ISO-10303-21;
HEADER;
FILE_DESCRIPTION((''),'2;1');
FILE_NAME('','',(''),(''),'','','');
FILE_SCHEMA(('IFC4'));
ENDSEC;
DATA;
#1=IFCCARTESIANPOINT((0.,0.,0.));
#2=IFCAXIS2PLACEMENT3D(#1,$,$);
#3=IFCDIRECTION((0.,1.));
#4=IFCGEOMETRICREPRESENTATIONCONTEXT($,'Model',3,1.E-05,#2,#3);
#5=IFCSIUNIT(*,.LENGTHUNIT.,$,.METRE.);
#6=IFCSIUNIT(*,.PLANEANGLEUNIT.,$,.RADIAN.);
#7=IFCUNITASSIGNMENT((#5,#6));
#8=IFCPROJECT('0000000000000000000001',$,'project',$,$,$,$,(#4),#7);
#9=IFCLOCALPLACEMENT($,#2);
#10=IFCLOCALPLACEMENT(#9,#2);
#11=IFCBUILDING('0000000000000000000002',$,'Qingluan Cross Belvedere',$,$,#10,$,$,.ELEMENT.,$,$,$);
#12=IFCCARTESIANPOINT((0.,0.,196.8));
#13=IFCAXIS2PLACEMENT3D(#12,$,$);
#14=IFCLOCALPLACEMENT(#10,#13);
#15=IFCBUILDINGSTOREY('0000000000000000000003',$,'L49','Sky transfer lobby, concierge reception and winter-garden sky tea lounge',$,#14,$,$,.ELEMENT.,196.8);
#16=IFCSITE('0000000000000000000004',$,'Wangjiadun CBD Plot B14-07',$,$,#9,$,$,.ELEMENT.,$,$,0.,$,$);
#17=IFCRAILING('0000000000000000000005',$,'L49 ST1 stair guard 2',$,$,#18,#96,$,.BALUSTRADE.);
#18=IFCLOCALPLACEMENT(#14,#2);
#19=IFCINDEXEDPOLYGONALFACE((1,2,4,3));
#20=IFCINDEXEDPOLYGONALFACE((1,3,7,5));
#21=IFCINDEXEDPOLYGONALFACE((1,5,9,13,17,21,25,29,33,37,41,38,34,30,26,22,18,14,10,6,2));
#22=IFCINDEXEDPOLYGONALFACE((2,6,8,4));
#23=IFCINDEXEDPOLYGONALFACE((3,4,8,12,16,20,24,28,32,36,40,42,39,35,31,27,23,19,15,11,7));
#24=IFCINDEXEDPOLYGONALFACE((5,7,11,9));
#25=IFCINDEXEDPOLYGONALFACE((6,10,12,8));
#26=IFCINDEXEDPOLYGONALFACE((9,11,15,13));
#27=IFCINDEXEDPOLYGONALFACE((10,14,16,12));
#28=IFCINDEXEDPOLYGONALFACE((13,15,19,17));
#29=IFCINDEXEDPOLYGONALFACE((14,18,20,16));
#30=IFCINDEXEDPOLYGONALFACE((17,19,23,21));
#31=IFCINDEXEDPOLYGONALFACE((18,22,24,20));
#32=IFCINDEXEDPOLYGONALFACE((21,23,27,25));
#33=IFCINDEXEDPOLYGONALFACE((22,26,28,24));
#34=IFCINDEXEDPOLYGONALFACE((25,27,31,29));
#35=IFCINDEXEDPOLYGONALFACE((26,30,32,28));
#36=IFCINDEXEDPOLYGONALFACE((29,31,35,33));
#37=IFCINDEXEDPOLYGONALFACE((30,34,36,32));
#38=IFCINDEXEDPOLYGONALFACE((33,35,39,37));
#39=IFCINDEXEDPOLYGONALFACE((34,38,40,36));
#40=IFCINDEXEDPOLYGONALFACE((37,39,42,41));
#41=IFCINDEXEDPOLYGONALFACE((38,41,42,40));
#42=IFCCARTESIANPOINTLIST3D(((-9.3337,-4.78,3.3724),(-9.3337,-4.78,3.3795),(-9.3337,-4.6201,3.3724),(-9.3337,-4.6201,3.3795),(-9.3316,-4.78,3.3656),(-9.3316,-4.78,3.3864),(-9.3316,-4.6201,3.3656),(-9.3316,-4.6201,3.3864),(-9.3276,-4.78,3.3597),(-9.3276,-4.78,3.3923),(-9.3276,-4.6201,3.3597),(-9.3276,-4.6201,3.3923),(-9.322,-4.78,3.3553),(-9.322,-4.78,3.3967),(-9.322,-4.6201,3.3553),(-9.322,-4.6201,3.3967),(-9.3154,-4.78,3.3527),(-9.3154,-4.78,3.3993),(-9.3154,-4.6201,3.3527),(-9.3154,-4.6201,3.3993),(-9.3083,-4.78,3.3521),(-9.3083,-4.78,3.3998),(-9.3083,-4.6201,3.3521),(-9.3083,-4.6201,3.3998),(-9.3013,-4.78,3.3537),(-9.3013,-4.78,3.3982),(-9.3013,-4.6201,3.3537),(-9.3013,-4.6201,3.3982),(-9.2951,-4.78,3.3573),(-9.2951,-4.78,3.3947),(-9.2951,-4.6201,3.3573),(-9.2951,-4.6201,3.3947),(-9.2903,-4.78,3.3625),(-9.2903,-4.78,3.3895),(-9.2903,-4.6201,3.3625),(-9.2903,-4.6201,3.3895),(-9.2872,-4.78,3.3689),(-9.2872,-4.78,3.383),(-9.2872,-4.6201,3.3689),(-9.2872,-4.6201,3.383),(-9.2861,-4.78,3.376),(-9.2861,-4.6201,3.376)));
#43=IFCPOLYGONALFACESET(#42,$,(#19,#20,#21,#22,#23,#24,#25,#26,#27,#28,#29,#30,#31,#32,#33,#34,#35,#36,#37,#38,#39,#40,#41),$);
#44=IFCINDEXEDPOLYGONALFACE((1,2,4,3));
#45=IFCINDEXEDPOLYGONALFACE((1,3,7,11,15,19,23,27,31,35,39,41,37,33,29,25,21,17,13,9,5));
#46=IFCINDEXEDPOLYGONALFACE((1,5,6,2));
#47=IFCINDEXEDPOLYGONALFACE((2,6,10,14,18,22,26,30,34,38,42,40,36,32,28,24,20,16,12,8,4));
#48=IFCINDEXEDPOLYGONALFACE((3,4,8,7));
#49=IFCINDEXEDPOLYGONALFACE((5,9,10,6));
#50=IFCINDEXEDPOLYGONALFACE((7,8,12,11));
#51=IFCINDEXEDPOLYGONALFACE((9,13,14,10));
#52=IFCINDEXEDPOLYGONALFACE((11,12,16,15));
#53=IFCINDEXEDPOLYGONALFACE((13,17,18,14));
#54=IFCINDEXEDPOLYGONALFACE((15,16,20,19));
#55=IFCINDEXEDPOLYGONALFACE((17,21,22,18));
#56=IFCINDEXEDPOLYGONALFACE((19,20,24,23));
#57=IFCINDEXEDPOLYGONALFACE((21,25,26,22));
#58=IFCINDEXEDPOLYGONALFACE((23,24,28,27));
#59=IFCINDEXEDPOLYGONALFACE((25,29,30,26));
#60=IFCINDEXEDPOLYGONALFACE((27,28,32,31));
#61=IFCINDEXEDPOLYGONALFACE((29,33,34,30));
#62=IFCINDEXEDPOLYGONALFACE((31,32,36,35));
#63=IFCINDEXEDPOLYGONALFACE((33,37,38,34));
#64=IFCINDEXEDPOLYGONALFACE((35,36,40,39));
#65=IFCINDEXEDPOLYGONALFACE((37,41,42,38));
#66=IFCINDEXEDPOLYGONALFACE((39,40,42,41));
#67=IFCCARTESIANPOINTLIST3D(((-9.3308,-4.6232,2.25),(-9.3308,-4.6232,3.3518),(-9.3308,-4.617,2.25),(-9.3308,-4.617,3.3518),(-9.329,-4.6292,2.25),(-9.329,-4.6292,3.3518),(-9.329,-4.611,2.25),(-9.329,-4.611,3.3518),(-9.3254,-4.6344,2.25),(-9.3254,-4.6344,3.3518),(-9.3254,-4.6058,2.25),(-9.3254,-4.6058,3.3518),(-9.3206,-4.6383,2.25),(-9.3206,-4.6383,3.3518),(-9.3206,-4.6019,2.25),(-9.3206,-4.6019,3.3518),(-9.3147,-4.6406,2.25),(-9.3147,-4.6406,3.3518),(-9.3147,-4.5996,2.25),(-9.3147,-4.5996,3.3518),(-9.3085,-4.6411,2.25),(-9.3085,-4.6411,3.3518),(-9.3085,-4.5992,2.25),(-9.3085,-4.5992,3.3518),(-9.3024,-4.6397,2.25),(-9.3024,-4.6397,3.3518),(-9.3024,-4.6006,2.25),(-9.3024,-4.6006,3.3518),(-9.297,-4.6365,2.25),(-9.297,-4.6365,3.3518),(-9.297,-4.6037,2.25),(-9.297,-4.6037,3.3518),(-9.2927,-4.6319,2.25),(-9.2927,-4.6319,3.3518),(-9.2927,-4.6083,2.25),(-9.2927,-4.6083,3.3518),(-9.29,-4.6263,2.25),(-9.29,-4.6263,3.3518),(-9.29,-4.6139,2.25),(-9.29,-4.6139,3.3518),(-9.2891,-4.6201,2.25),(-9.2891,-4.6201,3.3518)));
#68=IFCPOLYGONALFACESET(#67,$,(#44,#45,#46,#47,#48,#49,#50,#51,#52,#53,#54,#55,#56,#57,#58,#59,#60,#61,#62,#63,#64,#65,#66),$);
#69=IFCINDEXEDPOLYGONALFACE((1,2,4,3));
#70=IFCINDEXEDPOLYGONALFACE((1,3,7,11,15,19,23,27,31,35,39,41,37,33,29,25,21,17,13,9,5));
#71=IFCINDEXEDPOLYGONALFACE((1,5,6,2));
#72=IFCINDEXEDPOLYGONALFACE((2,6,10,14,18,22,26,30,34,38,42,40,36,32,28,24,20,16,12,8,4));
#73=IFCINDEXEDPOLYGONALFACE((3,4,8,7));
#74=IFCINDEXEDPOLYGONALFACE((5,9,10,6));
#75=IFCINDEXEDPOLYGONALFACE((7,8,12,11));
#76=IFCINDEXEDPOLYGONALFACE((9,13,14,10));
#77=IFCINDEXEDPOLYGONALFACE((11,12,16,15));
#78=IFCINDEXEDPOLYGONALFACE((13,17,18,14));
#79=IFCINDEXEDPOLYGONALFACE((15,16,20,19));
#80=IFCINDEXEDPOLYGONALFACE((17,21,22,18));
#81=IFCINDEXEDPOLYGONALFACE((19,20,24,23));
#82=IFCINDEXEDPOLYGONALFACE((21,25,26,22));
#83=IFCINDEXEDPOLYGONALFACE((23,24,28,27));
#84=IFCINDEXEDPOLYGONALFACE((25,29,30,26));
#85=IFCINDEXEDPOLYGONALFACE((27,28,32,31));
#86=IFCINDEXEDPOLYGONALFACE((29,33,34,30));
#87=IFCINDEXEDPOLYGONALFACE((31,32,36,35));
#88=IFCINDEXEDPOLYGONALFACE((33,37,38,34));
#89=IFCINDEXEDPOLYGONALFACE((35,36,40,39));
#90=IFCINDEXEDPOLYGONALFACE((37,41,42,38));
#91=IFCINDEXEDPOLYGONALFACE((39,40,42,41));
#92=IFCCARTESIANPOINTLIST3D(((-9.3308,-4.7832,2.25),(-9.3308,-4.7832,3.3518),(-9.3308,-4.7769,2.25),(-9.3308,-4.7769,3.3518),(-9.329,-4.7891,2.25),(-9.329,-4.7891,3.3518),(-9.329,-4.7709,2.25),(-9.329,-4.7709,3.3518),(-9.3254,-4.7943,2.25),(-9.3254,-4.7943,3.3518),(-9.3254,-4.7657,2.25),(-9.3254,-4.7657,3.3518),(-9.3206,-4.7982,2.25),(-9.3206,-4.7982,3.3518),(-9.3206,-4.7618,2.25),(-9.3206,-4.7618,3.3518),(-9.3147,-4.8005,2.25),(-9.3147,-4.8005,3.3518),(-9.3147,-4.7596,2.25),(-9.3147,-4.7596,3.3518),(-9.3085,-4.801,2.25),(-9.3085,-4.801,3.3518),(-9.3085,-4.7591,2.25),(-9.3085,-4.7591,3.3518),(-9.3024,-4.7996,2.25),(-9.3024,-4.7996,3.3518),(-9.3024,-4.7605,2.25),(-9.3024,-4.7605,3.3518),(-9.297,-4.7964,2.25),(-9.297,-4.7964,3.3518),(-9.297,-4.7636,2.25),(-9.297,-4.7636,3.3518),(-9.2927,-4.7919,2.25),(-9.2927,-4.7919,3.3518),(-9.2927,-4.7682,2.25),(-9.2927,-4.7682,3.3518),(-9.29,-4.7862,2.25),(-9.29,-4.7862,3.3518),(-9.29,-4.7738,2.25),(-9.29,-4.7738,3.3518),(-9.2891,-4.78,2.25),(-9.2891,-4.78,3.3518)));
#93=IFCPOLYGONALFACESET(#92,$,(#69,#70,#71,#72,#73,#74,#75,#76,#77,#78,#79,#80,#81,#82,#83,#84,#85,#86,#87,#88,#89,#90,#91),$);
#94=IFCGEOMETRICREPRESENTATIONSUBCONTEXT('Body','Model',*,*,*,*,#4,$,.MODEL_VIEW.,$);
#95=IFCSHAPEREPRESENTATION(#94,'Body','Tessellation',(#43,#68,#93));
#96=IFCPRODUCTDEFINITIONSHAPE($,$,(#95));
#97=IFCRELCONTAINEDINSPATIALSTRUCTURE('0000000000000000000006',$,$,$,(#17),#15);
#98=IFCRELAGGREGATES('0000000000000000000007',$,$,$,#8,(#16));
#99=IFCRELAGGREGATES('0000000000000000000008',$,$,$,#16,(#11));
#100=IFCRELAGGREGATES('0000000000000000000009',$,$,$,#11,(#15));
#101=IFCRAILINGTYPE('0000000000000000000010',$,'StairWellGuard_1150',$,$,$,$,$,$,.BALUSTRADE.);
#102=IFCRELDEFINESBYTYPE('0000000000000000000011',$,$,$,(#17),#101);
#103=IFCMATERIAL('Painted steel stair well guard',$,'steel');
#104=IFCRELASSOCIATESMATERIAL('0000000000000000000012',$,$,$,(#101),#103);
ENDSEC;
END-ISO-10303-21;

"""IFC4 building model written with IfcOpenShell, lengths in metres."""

from ifc_helpers import new_model, si_unit, direction, frame, origin, origin_2d, place, context, subcontext, project, spatial, circle, extrude, material, type_object, element, save


model = new_model("IFC4")

# Units and contexts
model_context = context("Model", 3, precision=1e-05, world=origin(), true_north=direction((0.0, 1.0)))
body_context = subcontext(model_context, "Body", "Model", "MODEL_VIEW")
ifc_project = project(units=[si_unit("LENGTHUNIT", "METRE"), si_unit("PLANEANGLEUNIT", "RADIAN")], contexts=[model_context])

# Site, building, storey
site_placement = place(None, origin())
site = spatial("IfcSite", under=ifc_project, at=site_placement, Name="Wangjiadun CBD Plot B14-07", CompositionType="ELEMENT", RefElevation=0.0)
building_placement = place(site_placement, origin())
building = spatial("IfcBuilding", under=site, at=building_placement, Name="Qingluan Cross Belvedere", CompositionType="ELEMENT")
storey_placement = place(building_placement, frame((0.0, 0.0, 196.8)))
storey = spatial("IfcBuildingStorey", under=building, at=storey_placement, Name="L49", Description="Sky transfer lobby, concierge reception and winter-garden sky tea lounge", CompositionType="ELEMENT", Elevation=196.8)

# Railing
ifc_material_1 = material(Name="Painted steel stair well guard", Category="steel")
railing_type_1 = type_object("IfcRailingType", Name="StairWellGuard_1150", PredefinedType="BALUSTRADE", material=ifc_material_1)
railing_1_placement = place(storey_placement, frame((-9.3101, -4.6201, 2.25)))
element("IfcRailing", 1, at=railing_1_placement, inside=storey, type_object=railing_type_1, Name="L49 ST1 stair guard 2", PredefinedType="BALUSTRADE", context=body_context, shape_type="SweptSolid", body=[
    extrude(circle(Radius=0.0239, at=origin_2d()), frame((0.0, 0.0, 1.126), z_axis=(0.0, -1.0, 0.0), x_axis=(1.0, 0.0, 0.0)), (0.0, 0.0, 1.0), 0.1599),
    extrude(circle(Radius=0.021, at=origin_2d()), origin(), (0.0, 0.0, 1.0), 1.1018),
    extrude(circle(Radius=0.021, at=origin_2d()), frame((0.0, -0.1599, 0.0)), (0.0, 0.0, 1.0), 1.1018),
])

save(model, "model.ifc")
